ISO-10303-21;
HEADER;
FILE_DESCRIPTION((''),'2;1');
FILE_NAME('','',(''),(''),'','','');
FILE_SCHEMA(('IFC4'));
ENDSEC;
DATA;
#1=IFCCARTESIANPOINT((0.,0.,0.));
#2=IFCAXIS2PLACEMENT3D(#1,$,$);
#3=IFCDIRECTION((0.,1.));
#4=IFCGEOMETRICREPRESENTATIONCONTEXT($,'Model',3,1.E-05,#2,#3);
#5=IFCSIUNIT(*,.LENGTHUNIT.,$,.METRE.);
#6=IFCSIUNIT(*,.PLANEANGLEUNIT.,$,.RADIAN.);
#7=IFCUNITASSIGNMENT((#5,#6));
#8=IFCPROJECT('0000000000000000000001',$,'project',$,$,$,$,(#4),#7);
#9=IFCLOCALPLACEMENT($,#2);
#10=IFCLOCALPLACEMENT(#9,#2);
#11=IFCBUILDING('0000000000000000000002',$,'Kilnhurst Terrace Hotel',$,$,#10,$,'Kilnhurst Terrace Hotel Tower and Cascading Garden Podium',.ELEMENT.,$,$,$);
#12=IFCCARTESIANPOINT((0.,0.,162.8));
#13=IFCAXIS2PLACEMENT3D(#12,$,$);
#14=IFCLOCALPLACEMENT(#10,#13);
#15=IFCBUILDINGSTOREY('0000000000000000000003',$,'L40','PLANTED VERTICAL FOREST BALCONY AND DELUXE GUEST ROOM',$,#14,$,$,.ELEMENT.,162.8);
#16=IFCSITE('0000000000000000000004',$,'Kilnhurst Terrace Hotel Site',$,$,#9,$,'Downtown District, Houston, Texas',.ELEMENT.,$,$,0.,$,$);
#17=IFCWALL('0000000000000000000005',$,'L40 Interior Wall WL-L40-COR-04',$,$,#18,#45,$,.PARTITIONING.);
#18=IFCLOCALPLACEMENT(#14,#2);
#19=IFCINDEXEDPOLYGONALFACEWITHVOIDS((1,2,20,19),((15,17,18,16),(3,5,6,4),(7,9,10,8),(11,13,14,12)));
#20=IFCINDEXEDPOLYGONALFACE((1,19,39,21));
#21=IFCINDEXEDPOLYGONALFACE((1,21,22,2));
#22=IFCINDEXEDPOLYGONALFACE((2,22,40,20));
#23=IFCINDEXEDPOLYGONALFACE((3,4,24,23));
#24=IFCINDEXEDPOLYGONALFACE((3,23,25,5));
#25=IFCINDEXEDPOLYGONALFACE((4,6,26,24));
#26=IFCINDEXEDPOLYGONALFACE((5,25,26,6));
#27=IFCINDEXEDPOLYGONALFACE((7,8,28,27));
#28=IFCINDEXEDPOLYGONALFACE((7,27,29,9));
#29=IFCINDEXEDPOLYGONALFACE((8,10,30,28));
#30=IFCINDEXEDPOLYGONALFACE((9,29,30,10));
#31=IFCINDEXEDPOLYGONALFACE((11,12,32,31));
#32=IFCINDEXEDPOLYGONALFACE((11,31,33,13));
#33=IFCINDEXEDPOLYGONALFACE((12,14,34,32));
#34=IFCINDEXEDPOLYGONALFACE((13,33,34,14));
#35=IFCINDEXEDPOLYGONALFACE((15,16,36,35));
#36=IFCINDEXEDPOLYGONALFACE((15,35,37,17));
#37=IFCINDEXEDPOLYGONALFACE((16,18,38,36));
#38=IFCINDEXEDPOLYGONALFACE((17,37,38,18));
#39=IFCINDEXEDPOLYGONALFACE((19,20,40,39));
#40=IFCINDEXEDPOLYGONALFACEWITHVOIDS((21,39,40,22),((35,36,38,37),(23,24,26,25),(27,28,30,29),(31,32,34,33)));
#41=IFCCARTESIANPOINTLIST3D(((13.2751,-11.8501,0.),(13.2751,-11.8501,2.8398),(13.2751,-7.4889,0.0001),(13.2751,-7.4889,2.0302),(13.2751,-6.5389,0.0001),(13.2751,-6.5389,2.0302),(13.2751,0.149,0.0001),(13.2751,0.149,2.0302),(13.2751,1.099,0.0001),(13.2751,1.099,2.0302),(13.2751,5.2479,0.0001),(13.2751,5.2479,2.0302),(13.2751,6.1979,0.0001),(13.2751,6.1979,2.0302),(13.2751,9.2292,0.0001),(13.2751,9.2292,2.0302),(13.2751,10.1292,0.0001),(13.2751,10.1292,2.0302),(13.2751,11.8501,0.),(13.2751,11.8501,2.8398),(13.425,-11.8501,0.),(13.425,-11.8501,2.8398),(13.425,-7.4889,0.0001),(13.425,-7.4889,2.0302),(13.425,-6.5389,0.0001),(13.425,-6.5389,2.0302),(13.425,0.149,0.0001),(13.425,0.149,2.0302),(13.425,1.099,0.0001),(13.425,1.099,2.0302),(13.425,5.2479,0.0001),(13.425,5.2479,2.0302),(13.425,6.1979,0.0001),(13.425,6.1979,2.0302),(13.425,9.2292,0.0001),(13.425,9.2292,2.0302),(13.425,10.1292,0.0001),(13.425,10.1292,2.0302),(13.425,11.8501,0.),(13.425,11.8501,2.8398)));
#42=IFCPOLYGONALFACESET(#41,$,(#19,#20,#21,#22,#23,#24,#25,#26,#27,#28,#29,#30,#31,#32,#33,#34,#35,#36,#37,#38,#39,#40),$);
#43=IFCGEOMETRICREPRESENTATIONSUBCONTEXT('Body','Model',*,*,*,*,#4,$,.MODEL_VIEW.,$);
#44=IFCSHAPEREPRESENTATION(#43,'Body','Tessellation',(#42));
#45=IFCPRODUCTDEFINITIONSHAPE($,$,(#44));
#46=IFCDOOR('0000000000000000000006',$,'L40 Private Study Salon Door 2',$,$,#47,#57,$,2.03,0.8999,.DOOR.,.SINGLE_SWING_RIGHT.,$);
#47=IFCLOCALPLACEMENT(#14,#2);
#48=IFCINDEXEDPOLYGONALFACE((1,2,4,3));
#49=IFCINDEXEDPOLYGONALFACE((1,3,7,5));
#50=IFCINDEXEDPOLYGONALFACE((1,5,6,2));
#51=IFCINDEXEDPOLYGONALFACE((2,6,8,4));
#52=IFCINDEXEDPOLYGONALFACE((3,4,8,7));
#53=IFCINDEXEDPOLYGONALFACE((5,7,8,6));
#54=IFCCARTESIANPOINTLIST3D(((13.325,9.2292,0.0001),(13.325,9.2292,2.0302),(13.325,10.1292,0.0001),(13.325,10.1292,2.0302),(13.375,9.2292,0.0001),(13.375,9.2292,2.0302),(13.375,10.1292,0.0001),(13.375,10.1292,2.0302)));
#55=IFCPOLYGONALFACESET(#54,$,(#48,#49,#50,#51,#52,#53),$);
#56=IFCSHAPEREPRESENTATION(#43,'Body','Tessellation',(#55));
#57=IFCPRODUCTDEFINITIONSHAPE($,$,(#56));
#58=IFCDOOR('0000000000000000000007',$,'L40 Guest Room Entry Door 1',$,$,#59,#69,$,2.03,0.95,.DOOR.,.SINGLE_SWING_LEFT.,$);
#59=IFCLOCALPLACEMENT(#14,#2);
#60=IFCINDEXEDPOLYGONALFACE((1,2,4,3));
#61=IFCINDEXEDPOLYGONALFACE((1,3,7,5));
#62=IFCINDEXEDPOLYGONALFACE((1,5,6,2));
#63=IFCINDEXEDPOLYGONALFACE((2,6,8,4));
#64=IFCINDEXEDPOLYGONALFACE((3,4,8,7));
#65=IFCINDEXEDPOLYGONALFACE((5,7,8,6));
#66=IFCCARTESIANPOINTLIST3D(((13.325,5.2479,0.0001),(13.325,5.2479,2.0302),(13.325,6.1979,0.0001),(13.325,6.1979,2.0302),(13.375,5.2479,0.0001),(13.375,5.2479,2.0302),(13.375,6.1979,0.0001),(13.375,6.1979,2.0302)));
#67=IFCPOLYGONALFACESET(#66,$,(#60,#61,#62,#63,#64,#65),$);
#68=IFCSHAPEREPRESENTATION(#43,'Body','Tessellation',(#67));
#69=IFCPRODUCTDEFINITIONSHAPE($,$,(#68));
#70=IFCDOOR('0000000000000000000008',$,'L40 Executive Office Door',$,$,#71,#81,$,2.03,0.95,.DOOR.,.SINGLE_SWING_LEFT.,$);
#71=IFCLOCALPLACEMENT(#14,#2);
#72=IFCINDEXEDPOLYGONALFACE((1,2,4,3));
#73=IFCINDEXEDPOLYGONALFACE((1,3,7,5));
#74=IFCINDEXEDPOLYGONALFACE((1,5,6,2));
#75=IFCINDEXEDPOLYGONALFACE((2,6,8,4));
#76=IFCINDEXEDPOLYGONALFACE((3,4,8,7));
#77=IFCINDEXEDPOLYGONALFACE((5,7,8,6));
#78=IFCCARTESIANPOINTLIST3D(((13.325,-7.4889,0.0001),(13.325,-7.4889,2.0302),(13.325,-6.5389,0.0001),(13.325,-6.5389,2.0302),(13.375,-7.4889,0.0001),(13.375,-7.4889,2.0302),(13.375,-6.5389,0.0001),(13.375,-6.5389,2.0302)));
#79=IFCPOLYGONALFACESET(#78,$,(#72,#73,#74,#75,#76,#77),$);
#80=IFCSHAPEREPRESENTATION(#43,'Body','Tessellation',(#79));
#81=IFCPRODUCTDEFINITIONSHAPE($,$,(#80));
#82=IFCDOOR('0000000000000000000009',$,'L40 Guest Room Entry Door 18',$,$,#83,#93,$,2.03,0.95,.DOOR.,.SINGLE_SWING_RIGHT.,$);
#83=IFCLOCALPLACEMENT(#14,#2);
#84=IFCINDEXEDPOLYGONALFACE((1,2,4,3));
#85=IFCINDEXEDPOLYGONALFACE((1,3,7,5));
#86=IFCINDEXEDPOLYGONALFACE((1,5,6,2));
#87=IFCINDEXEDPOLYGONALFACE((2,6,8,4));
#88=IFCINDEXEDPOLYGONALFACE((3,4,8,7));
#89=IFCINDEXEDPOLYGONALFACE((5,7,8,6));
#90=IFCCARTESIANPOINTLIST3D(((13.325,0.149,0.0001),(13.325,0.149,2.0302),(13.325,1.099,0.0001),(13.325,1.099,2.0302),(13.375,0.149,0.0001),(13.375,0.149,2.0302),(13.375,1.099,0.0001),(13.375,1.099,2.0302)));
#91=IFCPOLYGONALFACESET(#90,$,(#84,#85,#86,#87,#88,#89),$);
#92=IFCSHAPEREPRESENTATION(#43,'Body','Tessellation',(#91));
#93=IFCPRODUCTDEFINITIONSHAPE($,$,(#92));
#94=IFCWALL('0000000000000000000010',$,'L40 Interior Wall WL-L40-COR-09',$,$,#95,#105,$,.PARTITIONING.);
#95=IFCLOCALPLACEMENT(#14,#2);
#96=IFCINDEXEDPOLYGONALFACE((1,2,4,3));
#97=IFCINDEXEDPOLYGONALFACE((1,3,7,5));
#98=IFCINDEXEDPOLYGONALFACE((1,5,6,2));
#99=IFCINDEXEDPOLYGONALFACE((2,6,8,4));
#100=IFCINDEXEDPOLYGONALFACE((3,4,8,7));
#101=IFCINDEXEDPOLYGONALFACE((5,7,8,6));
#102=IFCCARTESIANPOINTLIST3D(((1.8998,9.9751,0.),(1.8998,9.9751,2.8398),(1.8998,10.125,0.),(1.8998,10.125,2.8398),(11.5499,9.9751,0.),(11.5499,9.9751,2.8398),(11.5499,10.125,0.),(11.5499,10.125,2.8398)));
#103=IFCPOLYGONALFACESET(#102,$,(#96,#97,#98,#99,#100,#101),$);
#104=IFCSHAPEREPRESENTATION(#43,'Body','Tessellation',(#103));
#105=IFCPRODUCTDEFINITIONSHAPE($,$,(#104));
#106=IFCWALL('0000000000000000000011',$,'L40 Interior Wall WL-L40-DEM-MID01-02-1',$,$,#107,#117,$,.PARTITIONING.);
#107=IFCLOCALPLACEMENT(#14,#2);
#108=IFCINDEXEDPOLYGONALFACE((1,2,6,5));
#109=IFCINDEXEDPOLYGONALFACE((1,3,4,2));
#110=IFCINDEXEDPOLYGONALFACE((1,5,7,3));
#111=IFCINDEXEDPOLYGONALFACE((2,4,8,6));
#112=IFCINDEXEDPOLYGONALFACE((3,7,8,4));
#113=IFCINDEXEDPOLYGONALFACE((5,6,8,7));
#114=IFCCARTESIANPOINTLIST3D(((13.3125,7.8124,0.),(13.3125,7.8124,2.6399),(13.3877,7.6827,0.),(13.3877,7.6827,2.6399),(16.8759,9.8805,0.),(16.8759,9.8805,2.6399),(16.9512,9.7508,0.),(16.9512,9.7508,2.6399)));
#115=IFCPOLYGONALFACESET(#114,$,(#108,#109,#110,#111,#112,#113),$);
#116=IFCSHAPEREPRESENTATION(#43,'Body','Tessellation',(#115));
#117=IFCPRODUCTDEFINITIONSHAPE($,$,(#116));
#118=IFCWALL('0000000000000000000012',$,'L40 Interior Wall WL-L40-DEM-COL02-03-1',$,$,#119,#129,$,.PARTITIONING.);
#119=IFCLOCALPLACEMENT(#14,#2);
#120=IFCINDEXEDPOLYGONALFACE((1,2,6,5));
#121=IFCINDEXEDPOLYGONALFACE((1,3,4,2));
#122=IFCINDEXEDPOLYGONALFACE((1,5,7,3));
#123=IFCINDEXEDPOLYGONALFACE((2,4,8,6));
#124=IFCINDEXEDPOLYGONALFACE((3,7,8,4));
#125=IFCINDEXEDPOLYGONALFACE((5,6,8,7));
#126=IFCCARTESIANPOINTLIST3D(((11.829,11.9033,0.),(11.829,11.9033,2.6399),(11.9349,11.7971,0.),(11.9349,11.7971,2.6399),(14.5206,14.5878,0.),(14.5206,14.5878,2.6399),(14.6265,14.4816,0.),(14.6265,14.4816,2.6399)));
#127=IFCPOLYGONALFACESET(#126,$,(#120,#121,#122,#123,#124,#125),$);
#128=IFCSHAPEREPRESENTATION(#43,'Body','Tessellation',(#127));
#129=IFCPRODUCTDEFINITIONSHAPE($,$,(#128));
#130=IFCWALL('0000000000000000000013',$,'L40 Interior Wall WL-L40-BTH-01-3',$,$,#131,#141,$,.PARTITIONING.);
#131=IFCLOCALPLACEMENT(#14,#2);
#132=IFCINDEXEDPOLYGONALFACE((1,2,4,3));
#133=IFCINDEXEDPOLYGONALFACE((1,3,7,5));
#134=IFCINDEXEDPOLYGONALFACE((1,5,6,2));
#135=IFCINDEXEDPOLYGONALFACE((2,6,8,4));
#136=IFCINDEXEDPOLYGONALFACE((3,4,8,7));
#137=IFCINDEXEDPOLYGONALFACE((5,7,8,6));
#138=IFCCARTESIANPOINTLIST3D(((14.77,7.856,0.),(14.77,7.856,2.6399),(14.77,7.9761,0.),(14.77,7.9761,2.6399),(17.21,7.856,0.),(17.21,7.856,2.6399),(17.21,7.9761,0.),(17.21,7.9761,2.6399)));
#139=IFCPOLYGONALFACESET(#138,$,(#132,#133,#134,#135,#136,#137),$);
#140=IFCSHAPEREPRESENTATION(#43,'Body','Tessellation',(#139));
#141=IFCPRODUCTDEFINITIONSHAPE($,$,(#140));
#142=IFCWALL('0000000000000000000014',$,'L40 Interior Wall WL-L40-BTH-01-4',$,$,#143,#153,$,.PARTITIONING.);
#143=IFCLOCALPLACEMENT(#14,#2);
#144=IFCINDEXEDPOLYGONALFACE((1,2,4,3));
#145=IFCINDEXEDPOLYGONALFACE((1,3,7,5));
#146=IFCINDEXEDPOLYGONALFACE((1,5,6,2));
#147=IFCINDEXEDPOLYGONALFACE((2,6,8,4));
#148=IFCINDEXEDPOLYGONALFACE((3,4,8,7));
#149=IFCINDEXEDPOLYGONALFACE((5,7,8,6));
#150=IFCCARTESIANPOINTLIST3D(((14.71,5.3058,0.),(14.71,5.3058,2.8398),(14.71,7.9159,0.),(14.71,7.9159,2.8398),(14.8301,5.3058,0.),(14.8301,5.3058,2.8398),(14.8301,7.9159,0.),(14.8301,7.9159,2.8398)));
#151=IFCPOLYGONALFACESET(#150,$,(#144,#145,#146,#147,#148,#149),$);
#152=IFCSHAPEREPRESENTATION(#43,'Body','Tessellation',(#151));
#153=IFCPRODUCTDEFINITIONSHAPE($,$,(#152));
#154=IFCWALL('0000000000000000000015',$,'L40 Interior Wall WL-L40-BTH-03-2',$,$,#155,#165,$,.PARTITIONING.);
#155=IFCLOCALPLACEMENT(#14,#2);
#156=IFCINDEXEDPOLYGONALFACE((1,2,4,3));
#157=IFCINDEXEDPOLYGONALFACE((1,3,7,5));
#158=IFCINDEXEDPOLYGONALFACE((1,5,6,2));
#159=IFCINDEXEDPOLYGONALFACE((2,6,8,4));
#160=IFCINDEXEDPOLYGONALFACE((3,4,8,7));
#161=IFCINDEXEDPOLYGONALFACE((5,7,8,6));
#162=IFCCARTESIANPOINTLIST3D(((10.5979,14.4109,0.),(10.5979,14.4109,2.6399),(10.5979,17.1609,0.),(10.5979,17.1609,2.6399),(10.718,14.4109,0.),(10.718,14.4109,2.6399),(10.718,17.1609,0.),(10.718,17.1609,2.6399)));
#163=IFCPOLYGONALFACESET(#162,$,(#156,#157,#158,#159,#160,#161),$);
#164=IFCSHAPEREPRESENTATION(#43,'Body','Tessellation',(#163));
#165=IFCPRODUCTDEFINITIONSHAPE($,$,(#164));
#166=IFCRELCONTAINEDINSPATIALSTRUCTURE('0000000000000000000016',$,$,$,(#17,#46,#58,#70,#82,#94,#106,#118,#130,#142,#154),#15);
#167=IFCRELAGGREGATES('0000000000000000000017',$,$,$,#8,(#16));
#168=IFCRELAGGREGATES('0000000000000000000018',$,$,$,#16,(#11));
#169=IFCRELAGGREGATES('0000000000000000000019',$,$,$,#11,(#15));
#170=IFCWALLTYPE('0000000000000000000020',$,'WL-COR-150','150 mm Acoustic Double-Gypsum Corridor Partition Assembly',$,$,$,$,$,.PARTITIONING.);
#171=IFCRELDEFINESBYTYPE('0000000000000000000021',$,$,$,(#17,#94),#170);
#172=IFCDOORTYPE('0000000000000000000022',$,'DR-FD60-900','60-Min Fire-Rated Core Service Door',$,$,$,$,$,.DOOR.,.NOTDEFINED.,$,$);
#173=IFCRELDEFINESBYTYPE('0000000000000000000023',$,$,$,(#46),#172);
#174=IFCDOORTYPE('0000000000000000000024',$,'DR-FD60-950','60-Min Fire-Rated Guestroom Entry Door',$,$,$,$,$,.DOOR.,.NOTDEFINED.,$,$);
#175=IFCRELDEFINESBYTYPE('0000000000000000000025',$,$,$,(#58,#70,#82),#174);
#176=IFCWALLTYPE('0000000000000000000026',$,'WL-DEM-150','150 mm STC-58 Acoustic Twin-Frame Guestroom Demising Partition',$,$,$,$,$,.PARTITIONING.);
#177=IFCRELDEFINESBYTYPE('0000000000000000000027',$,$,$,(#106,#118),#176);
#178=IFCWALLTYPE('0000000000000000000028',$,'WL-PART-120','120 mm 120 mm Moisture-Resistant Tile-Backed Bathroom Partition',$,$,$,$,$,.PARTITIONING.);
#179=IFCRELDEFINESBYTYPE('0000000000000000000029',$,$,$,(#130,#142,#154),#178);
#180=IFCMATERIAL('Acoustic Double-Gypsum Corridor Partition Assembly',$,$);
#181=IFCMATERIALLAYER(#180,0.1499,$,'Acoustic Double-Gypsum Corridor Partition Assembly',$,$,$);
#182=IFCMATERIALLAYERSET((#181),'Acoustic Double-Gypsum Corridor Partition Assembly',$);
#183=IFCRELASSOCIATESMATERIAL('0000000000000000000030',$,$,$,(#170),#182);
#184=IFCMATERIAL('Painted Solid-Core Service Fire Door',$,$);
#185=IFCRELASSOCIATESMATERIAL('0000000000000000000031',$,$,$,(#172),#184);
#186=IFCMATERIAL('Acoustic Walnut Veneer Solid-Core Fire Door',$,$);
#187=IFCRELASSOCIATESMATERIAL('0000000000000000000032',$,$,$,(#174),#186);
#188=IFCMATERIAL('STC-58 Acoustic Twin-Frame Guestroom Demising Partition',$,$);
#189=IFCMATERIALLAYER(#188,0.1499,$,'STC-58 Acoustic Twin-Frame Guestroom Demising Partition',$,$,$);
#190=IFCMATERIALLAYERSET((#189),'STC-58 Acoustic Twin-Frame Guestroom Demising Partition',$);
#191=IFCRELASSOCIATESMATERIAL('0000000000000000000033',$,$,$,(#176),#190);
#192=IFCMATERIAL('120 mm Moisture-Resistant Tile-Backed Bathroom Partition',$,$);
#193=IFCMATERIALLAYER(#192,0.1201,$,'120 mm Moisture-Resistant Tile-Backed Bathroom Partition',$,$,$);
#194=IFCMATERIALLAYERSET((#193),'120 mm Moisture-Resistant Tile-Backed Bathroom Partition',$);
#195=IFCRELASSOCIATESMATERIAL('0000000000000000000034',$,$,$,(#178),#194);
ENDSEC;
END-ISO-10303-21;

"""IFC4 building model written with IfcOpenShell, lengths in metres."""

from ifc_helpers import new_model, si_unit, direction, frame, frame_2d, origin, place, context, subcontext, project, spatial, rectangle, extrude, material, layer, layer_set, type_object, element, fill, save


model = new_model("IFC4")

# Units and contexts
model_context = context("Model", 3, precision=1e-05, world=origin(), true_north=direction((0.0, 1.0)))
body_context = subcontext(model_context, "Body", "Model", "MODEL_VIEW")
ifc_project = project(units=[si_unit("LENGTHUNIT", "METRE"), si_unit("PLANEANGLEUNIT", "RADIAN")], contexts=[model_context])

# Site, building, storey
site_placement = place(None, origin())
site = spatial("IfcSite", under=ifc_project, at=site_placement, Name="Kilnhurst Terrace Hotel Site", LongName="Downtown District, Houston, Texas", CompositionType="ELEMENT", RefElevation=0.0)
building_placement = place(site_placement, origin())
building = spatial("IfcBuilding", under=site, at=building_placement, Name="Kilnhurst Terrace Hotel", LongName="Kilnhurst Terrace Hotel Tower and Cascading Garden Podium", CompositionType="ELEMENT")
storey_placement = place(building_placement, frame((0.0, 0.0, 162.8)))
storey = spatial("IfcBuildingStorey", under=building, at=storey_placement, Name="L40", Description="PLANTED VERTICAL FOREST BALCONY AND DELUXE GUEST ROOM", CompositionType="ELEMENT", Elevation=162.8)

# Wall, openings, doors
ifc_material_1 = material(Name="Acoustic Double-Gypsum Corridor Partition Assembly")
ifc_layer_1 = layer(ifc_material_1, 0.1499, Name="Acoustic Double-Gypsum Corridor Partition Assembly")
ifc_layer_set_1 = layer_set([ifc_layer_1], Name="Acoustic Double-Gypsum Corridor Partition Assembly")
wall_type_1 = type_object("IfcWallType", Name="WL-COR-150", Description="150 mm Acoustic Double-Gypsum Corridor Partition Assembly", PredefinedType="PARTITIONING", material=ifc_layer_set_1)
wall_1_placement = place(storey_placement, frame((13.3501, 11.8501, 0.0), z_axis=(0.0, 0.0, 1.0), x_axis=(0.0, -1.0, 0.0)))
wall_1 = element("IfcWall", 1, at=wall_1_placement, inside=storey, type_object=wall_type_1, Name="L40 Interior Wall WL-L40-COR-04", PredefinedType="PARTITIONING", context=body_context, shape_type="SweptSolid", body=[
    extrude(rectangle(XDim=23.7002, YDim=0.1499, at=frame_2d((11.8501, 0.0))), origin(), (0.0, 0.0, 1.0), 2.8398),
])
opening_1_placement = place(wall_1_placement, frame((5.6521, 0.0, 0.0)))
opening_1 = element("IfcOpeningElement", 2, at=opening_1_placement, cuts=wall_1, PredefinedType="OPENING", context=body_context, shape_type="SweptSolid", body=[
    extrude(rectangle(XDim=0.95, YDim=2.03, at=frame_2d((0.4751, 1.0151))), frame((0.0, 0.085, 0.0), z_axis=(0.0, -1.0, 0.0), x_axis=(1.0, 0.0, 0.0)), (0.0, 0.0, 1.0), 0.1699),
])
opening_2_placement = place(wall_1_placement, frame((1.7209, 0.0, 0.0)))
opening_2 = element("IfcOpeningElement", 3, at=opening_2_placement, cuts=wall_1, PredefinedType="OPENING", context=body_context, shape_type="SweptSolid", body=[
    extrude(rectangle(XDim=0.8999, YDim=2.03, at=frame_2d((0.45, 1.0151))), frame((0.0, 0.085, 0.0), z_axis=(0.0, -1.0, 0.0), x_axis=(1.0, 0.0, 0.0)), (0.0, 0.0, 1.0), 0.1699),
])
opening_3_placement = place(wall_1_placement, frame((18.3889, 0.0, 0.0)))
opening_3 = element("IfcOpeningElement", 4, at=opening_3_placement, cuts=wall_1, PredefinedType="OPENING", context=body_context, shape_type="SweptSolid", body=[
    extrude(rectangle(XDim=0.95, YDim=2.03, at=frame_2d((0.4751, 1.0151))), frame((0.0, 0.085, 0.0), z_axis=(0.0, -1.0, 0.0), x_axis=(1.0, 0.0, 0.0)), (0.0, 0.0, 1.0), 0.1699),
])
opening_4_placement = place(wall_1_placement, frame((10.751, 0.0, 0.0)))
opening_4 = element("IfcOpeningElement", 5, at=opening_4_placement, cuts=wall_1, PredefinedType="OPENING", context=body_context, shape_type="SweptSolid", body=[
    extrude(rectangle(XDim=0.95, YDim=2.03, at=frame_2d((0.4751, 1.0151))), frame((0.0, 0.085, 0.0), z_axis=(0.0, -1.0, 0.0), x_axis=(1.0, 0.0, 0.0)), (0.0, 0.0, 1.0), 0.1699),
])
ifc_material_2 = material(Name="Painted Solid-Core Service Fire Door")
door_type_1 = type_object("IfcDoorType", Name="DR-FD60-900", Description="60-Min Fire-Rated Core Service Door", OperationType="NOTDEFINED", PredefinedType="DOOR", material=ifc_material_2)
door_1_placement = place(opening_2_placement, origin())
door_1 = element("IfcDoor", 6, at=door_1_placement, inside=storey, type_object=door_type_1, Name="L40 Private Study Salon Door 2", OperationType="SINGLE_SWING_RIGHT", OverallHeight=2.03, OverallWidth=0.8999, PredefinedType="DOOR", context=body_context, shape_type="SweptSolid", body=[
    extrude(rectangle(XDim=0.8999, YDim=2.03, at=frame_2d((0.45, 1.0151))), frame((0.0, 0.0249, 0.0), z_axis=(0.0, -1.0, 0.0), x_axis=(1.0, 0.0, 0.0)), (0.0, 0.0, 1.0), 0.05),
])
fill(opening_2, door_1)
ifc_material_3 = material(Name="Acoustic Walnut Veneer Solid-Core Fire Door")
door_type_2 = type_object("IfcDoorType", Name="DR-FD60-950", Description="60-Min Fire-Rated Guestroom Entry Door", OperationType="NOTDEFINED", PredefinedType="DOOR", material=ifc_material_3)
door_2_placement = place(opening_1_placement, origin())
door_2 = element("IfcDoor", 7, at=door_2_placement, inside=storey, type_object=door_type_2, Name="L40 Guest Room Entry Door 1", OperationType="SINGLE_SWING_LEFT", OverallHeight=2.03, OverallWidth=0.95, PredefinedType="DOOR", context=body_context, shape_type="SweptSolid", body=[
    extrude(rectangle(XDim=0.95, YDim=2.03, at=frame_2d((0.4751, 1.0151))), frame((0.0, 0.0249, 0.0), z_axis=(0.0, -1.0, 0.0), x_axis=(1.0, 0.0, 0.0)), (0.0, 0.0, 1.0), 0.05),
])
fill(opening_1, door_2)
door_3_placement = place(opening_3_placement, origin())
door_3 = element("IfcDoor", 8, at=door_3_placement, inside=storey, type_object=door_type_2, Name="L40 Executive Office Door", OperationType="SINGLE_SWING_LEFT", OverallHeight=2.03, OverallWidth=0.95, PredefinedType="DOOR", context=body_context, shape_type="SweptSolid", body=[
    extrude(rectangle(XDim=0.95, YDim=2.03, at=frame_2d((0.4751, 1.0151))), frame((0.0, 0.0249, 0.0), z_axis=(0.0, -1.0, 0.0), x_axis=(1.0, 0.0, 0.0)), (0.0, 0.0, 1.0), 0.05),
])
fill(opening_3, door_3)
door_4_placement = place(opening_4_placement, origin())
door_4 = element("IfcDoor", 9, at=door_4_placement, inside=storey, type_object=door_type_2, Name="L40 Guest Room Entry Door 18", OperationType="SINGLE_SWING_RIGHT", OverallHeight=2.03, OverallWidth=0.95, PredefinedType="DOOR", context=body_context, shape_type="SweptSolid", body=[
    extrude(rectangle(XDim=0.95, YDim=2.03, at=frame_2d((0.4751, 1.0151))), frame((0.0, 0.0249, 0.0), z_axis=(0.0, -1.0, 0.0), x_axis=(1.0, 0.0, 0.0)), (0.0, 0.0, 1.0), 0.05),
])
fill(opening_4, door_4)

# Walls
wall_2_placement = place(storey_placement, frame((11.55, 10.05, 0.0), z_axis=(0.0, 0.0, 1.0), x_axis=(-1.0, 0.0, 0.0)))
element("IfcWall", 10, at=wall_2_placement, inside=storey, type_object=wall_type_1, Name="L40 Interior Wall WL-L40-COR-09", PredefinedType="PARTITIONING", context=body_context, shape_type="SweptSolid", body=[
    extrude(rectangle(XDim=9.6501, YDim=0.1499, at=frame_2d((4.8252, 0.0))), origin(), (0.0, 0.0, 1.0), 2.8398),
])
ifc_material_4 = material(Name="STC-58 Acoustic Twin-Frame Guestroom Demising Partition")
ifc_layer_2 = layer(ifc_material_4, 0.1499, Name="STC-58 Acoustic Twin-Frame Guestroom Demising Partition")
ifc_layer_set_2 = layer_set([ifc_layer_2], Name="STC-58 Acoustic Twin-Frame Guestroom Demising Partition")
wall_type_2 = type_object("IfcWallType", Name="WL-DEM-150", Description="150 mm STC-58 Acoustic Twin-Frame Guestroom Demising Partition", PredefinedType="PARTITIONING", material=ifc_layer_set_2)
wall_3_placement = place(storey_placement, frame((13.3501, 7.7476, 0.0), z_axis=(0.0, 0.0, 1.0), x_axis=(0.864894, 0.501954, 0.0)))
element("IfcWall", 11, at=wall_3_placement, inside=storey, type_object=wall_type_2, Name="L40 Interior Wall WL-L40-DEM-MID01-02-1", PredefinedType="PARTITIONING", context=body_context, shape_type="SweptSolid", body=[
    extrude(rectangle(XDim=4.1201, YDim=0.1499, at=frame_2d((2.0601, 0.0))), origin(), (0.0, 0.0, 1.0), 2.6399),
])
wall_4_placement = place(storey_placement, frame((11.8818, 11.8501, 0.0), z_axis=(0.0, 0.0, 1.0), x_axis=(0.708037, 0.706175, 0.0)))
element("IfcWall", 12, at=wall_4_placement, inside=storey, type_object=wall_type_2, Name="L40 Interior Wall WL-L40-DEM-COL02-03-1", PredefinedType="PARTITIONING", context=body_context, shape_type="SweptSolid", body=[
    extrude(rectangle(XDim=3.8015, YDim=0.1499, at=frame_2d((1.9009, 0.0))), origin(), (0.0, 0.0, 1.0), 2.6399),
])
ifc_material_5 = material(Name="120 mm Moisture-Resistant Tile-Backed Bathroom Partition")
ifc_layer_3 = layer(ifc_material_5, 0.1201, Name="120 mm Moisture-Resistant Tile-Backed Bathroom Partition")
ifc_layer_set_3 = layer_set([ifc_layer_3], Name="120 mm Moisture-Resistant Tile-Backed Bathroom Partition")
wall_type_3 = type_object("IfcWallType", Name="WL-PART-120", Description="120 mm 120 mm Moisture-Resistant Tile-Backed Bathroom Partition", PredefinedType="PARTITIONING", material=ifc_layer_set_3)
wall_5_placement = place(storey_placement, frame((17.21, 7.916, 0.0), z_axis=(0.0, 0.0, 1.0), x_axis=(-1.0, 0.0, 0.0)))
element("IfcWall", 13, at=wall_5_placement, inside=storey, type_object=wall_type_3, Name="L40 Interior Wall WL-L40-BTH-01-3", PredefinedType="PARTITIONING", context=body_context, shape_type="SweptSolid", body=[
    extrude(rectangle(XDim=2.4399, YDim=0.1201, at=frame_2d((1.22, 0.0))), origin(), (0.0, 0.0, 1.0), 2.6399),
])
wall_6_placement = place(storey_placement, frame((14.77, 7.916, 0.0), z_axis=(0.0, 0.0, 1.0), x_axis=(0.0, -1.0, 0.0)))
element("IfcWall", 14, at=wall_6_placement, inside=storey, type_object=wall_type_3, Name="L40 Interior Wall WL-L40-BTH-01-4", PredefinedType="PARTITIONING", context=body_context, shape_type="SweptSolid", body=[
    extrude(rectangle(XDim=2.6101, YDim=0.1201, at=frame_2d((1.3052, 0.0))), origin(), (0.0, 0.0, 1.0), 2.8398),
])
wall_7_placement = place(storey_placement, frame((10.658, 14.4109, 0.0), z_axis=(0.0, 0.0, 1.0), x_axis=(0.0, 1.0, 0.0)))
element("IfcWall", 15, at=wall_7_placement, inside=storey, type_object=wall_type_3, Name="L40 Interior Wall WL-L40-BTH-03-2", PredefinedType="PARTITIONING", context=body_context, shape_type="SweptSolid", body=[
    extrude(rectangle(XDim=2.75, YDim=0.1201, at=frame_2d((1.375, 0.0))), origin(), (0.0, 0.0, 1.0), 2.6399),
])

save(model, "model.ifc")
